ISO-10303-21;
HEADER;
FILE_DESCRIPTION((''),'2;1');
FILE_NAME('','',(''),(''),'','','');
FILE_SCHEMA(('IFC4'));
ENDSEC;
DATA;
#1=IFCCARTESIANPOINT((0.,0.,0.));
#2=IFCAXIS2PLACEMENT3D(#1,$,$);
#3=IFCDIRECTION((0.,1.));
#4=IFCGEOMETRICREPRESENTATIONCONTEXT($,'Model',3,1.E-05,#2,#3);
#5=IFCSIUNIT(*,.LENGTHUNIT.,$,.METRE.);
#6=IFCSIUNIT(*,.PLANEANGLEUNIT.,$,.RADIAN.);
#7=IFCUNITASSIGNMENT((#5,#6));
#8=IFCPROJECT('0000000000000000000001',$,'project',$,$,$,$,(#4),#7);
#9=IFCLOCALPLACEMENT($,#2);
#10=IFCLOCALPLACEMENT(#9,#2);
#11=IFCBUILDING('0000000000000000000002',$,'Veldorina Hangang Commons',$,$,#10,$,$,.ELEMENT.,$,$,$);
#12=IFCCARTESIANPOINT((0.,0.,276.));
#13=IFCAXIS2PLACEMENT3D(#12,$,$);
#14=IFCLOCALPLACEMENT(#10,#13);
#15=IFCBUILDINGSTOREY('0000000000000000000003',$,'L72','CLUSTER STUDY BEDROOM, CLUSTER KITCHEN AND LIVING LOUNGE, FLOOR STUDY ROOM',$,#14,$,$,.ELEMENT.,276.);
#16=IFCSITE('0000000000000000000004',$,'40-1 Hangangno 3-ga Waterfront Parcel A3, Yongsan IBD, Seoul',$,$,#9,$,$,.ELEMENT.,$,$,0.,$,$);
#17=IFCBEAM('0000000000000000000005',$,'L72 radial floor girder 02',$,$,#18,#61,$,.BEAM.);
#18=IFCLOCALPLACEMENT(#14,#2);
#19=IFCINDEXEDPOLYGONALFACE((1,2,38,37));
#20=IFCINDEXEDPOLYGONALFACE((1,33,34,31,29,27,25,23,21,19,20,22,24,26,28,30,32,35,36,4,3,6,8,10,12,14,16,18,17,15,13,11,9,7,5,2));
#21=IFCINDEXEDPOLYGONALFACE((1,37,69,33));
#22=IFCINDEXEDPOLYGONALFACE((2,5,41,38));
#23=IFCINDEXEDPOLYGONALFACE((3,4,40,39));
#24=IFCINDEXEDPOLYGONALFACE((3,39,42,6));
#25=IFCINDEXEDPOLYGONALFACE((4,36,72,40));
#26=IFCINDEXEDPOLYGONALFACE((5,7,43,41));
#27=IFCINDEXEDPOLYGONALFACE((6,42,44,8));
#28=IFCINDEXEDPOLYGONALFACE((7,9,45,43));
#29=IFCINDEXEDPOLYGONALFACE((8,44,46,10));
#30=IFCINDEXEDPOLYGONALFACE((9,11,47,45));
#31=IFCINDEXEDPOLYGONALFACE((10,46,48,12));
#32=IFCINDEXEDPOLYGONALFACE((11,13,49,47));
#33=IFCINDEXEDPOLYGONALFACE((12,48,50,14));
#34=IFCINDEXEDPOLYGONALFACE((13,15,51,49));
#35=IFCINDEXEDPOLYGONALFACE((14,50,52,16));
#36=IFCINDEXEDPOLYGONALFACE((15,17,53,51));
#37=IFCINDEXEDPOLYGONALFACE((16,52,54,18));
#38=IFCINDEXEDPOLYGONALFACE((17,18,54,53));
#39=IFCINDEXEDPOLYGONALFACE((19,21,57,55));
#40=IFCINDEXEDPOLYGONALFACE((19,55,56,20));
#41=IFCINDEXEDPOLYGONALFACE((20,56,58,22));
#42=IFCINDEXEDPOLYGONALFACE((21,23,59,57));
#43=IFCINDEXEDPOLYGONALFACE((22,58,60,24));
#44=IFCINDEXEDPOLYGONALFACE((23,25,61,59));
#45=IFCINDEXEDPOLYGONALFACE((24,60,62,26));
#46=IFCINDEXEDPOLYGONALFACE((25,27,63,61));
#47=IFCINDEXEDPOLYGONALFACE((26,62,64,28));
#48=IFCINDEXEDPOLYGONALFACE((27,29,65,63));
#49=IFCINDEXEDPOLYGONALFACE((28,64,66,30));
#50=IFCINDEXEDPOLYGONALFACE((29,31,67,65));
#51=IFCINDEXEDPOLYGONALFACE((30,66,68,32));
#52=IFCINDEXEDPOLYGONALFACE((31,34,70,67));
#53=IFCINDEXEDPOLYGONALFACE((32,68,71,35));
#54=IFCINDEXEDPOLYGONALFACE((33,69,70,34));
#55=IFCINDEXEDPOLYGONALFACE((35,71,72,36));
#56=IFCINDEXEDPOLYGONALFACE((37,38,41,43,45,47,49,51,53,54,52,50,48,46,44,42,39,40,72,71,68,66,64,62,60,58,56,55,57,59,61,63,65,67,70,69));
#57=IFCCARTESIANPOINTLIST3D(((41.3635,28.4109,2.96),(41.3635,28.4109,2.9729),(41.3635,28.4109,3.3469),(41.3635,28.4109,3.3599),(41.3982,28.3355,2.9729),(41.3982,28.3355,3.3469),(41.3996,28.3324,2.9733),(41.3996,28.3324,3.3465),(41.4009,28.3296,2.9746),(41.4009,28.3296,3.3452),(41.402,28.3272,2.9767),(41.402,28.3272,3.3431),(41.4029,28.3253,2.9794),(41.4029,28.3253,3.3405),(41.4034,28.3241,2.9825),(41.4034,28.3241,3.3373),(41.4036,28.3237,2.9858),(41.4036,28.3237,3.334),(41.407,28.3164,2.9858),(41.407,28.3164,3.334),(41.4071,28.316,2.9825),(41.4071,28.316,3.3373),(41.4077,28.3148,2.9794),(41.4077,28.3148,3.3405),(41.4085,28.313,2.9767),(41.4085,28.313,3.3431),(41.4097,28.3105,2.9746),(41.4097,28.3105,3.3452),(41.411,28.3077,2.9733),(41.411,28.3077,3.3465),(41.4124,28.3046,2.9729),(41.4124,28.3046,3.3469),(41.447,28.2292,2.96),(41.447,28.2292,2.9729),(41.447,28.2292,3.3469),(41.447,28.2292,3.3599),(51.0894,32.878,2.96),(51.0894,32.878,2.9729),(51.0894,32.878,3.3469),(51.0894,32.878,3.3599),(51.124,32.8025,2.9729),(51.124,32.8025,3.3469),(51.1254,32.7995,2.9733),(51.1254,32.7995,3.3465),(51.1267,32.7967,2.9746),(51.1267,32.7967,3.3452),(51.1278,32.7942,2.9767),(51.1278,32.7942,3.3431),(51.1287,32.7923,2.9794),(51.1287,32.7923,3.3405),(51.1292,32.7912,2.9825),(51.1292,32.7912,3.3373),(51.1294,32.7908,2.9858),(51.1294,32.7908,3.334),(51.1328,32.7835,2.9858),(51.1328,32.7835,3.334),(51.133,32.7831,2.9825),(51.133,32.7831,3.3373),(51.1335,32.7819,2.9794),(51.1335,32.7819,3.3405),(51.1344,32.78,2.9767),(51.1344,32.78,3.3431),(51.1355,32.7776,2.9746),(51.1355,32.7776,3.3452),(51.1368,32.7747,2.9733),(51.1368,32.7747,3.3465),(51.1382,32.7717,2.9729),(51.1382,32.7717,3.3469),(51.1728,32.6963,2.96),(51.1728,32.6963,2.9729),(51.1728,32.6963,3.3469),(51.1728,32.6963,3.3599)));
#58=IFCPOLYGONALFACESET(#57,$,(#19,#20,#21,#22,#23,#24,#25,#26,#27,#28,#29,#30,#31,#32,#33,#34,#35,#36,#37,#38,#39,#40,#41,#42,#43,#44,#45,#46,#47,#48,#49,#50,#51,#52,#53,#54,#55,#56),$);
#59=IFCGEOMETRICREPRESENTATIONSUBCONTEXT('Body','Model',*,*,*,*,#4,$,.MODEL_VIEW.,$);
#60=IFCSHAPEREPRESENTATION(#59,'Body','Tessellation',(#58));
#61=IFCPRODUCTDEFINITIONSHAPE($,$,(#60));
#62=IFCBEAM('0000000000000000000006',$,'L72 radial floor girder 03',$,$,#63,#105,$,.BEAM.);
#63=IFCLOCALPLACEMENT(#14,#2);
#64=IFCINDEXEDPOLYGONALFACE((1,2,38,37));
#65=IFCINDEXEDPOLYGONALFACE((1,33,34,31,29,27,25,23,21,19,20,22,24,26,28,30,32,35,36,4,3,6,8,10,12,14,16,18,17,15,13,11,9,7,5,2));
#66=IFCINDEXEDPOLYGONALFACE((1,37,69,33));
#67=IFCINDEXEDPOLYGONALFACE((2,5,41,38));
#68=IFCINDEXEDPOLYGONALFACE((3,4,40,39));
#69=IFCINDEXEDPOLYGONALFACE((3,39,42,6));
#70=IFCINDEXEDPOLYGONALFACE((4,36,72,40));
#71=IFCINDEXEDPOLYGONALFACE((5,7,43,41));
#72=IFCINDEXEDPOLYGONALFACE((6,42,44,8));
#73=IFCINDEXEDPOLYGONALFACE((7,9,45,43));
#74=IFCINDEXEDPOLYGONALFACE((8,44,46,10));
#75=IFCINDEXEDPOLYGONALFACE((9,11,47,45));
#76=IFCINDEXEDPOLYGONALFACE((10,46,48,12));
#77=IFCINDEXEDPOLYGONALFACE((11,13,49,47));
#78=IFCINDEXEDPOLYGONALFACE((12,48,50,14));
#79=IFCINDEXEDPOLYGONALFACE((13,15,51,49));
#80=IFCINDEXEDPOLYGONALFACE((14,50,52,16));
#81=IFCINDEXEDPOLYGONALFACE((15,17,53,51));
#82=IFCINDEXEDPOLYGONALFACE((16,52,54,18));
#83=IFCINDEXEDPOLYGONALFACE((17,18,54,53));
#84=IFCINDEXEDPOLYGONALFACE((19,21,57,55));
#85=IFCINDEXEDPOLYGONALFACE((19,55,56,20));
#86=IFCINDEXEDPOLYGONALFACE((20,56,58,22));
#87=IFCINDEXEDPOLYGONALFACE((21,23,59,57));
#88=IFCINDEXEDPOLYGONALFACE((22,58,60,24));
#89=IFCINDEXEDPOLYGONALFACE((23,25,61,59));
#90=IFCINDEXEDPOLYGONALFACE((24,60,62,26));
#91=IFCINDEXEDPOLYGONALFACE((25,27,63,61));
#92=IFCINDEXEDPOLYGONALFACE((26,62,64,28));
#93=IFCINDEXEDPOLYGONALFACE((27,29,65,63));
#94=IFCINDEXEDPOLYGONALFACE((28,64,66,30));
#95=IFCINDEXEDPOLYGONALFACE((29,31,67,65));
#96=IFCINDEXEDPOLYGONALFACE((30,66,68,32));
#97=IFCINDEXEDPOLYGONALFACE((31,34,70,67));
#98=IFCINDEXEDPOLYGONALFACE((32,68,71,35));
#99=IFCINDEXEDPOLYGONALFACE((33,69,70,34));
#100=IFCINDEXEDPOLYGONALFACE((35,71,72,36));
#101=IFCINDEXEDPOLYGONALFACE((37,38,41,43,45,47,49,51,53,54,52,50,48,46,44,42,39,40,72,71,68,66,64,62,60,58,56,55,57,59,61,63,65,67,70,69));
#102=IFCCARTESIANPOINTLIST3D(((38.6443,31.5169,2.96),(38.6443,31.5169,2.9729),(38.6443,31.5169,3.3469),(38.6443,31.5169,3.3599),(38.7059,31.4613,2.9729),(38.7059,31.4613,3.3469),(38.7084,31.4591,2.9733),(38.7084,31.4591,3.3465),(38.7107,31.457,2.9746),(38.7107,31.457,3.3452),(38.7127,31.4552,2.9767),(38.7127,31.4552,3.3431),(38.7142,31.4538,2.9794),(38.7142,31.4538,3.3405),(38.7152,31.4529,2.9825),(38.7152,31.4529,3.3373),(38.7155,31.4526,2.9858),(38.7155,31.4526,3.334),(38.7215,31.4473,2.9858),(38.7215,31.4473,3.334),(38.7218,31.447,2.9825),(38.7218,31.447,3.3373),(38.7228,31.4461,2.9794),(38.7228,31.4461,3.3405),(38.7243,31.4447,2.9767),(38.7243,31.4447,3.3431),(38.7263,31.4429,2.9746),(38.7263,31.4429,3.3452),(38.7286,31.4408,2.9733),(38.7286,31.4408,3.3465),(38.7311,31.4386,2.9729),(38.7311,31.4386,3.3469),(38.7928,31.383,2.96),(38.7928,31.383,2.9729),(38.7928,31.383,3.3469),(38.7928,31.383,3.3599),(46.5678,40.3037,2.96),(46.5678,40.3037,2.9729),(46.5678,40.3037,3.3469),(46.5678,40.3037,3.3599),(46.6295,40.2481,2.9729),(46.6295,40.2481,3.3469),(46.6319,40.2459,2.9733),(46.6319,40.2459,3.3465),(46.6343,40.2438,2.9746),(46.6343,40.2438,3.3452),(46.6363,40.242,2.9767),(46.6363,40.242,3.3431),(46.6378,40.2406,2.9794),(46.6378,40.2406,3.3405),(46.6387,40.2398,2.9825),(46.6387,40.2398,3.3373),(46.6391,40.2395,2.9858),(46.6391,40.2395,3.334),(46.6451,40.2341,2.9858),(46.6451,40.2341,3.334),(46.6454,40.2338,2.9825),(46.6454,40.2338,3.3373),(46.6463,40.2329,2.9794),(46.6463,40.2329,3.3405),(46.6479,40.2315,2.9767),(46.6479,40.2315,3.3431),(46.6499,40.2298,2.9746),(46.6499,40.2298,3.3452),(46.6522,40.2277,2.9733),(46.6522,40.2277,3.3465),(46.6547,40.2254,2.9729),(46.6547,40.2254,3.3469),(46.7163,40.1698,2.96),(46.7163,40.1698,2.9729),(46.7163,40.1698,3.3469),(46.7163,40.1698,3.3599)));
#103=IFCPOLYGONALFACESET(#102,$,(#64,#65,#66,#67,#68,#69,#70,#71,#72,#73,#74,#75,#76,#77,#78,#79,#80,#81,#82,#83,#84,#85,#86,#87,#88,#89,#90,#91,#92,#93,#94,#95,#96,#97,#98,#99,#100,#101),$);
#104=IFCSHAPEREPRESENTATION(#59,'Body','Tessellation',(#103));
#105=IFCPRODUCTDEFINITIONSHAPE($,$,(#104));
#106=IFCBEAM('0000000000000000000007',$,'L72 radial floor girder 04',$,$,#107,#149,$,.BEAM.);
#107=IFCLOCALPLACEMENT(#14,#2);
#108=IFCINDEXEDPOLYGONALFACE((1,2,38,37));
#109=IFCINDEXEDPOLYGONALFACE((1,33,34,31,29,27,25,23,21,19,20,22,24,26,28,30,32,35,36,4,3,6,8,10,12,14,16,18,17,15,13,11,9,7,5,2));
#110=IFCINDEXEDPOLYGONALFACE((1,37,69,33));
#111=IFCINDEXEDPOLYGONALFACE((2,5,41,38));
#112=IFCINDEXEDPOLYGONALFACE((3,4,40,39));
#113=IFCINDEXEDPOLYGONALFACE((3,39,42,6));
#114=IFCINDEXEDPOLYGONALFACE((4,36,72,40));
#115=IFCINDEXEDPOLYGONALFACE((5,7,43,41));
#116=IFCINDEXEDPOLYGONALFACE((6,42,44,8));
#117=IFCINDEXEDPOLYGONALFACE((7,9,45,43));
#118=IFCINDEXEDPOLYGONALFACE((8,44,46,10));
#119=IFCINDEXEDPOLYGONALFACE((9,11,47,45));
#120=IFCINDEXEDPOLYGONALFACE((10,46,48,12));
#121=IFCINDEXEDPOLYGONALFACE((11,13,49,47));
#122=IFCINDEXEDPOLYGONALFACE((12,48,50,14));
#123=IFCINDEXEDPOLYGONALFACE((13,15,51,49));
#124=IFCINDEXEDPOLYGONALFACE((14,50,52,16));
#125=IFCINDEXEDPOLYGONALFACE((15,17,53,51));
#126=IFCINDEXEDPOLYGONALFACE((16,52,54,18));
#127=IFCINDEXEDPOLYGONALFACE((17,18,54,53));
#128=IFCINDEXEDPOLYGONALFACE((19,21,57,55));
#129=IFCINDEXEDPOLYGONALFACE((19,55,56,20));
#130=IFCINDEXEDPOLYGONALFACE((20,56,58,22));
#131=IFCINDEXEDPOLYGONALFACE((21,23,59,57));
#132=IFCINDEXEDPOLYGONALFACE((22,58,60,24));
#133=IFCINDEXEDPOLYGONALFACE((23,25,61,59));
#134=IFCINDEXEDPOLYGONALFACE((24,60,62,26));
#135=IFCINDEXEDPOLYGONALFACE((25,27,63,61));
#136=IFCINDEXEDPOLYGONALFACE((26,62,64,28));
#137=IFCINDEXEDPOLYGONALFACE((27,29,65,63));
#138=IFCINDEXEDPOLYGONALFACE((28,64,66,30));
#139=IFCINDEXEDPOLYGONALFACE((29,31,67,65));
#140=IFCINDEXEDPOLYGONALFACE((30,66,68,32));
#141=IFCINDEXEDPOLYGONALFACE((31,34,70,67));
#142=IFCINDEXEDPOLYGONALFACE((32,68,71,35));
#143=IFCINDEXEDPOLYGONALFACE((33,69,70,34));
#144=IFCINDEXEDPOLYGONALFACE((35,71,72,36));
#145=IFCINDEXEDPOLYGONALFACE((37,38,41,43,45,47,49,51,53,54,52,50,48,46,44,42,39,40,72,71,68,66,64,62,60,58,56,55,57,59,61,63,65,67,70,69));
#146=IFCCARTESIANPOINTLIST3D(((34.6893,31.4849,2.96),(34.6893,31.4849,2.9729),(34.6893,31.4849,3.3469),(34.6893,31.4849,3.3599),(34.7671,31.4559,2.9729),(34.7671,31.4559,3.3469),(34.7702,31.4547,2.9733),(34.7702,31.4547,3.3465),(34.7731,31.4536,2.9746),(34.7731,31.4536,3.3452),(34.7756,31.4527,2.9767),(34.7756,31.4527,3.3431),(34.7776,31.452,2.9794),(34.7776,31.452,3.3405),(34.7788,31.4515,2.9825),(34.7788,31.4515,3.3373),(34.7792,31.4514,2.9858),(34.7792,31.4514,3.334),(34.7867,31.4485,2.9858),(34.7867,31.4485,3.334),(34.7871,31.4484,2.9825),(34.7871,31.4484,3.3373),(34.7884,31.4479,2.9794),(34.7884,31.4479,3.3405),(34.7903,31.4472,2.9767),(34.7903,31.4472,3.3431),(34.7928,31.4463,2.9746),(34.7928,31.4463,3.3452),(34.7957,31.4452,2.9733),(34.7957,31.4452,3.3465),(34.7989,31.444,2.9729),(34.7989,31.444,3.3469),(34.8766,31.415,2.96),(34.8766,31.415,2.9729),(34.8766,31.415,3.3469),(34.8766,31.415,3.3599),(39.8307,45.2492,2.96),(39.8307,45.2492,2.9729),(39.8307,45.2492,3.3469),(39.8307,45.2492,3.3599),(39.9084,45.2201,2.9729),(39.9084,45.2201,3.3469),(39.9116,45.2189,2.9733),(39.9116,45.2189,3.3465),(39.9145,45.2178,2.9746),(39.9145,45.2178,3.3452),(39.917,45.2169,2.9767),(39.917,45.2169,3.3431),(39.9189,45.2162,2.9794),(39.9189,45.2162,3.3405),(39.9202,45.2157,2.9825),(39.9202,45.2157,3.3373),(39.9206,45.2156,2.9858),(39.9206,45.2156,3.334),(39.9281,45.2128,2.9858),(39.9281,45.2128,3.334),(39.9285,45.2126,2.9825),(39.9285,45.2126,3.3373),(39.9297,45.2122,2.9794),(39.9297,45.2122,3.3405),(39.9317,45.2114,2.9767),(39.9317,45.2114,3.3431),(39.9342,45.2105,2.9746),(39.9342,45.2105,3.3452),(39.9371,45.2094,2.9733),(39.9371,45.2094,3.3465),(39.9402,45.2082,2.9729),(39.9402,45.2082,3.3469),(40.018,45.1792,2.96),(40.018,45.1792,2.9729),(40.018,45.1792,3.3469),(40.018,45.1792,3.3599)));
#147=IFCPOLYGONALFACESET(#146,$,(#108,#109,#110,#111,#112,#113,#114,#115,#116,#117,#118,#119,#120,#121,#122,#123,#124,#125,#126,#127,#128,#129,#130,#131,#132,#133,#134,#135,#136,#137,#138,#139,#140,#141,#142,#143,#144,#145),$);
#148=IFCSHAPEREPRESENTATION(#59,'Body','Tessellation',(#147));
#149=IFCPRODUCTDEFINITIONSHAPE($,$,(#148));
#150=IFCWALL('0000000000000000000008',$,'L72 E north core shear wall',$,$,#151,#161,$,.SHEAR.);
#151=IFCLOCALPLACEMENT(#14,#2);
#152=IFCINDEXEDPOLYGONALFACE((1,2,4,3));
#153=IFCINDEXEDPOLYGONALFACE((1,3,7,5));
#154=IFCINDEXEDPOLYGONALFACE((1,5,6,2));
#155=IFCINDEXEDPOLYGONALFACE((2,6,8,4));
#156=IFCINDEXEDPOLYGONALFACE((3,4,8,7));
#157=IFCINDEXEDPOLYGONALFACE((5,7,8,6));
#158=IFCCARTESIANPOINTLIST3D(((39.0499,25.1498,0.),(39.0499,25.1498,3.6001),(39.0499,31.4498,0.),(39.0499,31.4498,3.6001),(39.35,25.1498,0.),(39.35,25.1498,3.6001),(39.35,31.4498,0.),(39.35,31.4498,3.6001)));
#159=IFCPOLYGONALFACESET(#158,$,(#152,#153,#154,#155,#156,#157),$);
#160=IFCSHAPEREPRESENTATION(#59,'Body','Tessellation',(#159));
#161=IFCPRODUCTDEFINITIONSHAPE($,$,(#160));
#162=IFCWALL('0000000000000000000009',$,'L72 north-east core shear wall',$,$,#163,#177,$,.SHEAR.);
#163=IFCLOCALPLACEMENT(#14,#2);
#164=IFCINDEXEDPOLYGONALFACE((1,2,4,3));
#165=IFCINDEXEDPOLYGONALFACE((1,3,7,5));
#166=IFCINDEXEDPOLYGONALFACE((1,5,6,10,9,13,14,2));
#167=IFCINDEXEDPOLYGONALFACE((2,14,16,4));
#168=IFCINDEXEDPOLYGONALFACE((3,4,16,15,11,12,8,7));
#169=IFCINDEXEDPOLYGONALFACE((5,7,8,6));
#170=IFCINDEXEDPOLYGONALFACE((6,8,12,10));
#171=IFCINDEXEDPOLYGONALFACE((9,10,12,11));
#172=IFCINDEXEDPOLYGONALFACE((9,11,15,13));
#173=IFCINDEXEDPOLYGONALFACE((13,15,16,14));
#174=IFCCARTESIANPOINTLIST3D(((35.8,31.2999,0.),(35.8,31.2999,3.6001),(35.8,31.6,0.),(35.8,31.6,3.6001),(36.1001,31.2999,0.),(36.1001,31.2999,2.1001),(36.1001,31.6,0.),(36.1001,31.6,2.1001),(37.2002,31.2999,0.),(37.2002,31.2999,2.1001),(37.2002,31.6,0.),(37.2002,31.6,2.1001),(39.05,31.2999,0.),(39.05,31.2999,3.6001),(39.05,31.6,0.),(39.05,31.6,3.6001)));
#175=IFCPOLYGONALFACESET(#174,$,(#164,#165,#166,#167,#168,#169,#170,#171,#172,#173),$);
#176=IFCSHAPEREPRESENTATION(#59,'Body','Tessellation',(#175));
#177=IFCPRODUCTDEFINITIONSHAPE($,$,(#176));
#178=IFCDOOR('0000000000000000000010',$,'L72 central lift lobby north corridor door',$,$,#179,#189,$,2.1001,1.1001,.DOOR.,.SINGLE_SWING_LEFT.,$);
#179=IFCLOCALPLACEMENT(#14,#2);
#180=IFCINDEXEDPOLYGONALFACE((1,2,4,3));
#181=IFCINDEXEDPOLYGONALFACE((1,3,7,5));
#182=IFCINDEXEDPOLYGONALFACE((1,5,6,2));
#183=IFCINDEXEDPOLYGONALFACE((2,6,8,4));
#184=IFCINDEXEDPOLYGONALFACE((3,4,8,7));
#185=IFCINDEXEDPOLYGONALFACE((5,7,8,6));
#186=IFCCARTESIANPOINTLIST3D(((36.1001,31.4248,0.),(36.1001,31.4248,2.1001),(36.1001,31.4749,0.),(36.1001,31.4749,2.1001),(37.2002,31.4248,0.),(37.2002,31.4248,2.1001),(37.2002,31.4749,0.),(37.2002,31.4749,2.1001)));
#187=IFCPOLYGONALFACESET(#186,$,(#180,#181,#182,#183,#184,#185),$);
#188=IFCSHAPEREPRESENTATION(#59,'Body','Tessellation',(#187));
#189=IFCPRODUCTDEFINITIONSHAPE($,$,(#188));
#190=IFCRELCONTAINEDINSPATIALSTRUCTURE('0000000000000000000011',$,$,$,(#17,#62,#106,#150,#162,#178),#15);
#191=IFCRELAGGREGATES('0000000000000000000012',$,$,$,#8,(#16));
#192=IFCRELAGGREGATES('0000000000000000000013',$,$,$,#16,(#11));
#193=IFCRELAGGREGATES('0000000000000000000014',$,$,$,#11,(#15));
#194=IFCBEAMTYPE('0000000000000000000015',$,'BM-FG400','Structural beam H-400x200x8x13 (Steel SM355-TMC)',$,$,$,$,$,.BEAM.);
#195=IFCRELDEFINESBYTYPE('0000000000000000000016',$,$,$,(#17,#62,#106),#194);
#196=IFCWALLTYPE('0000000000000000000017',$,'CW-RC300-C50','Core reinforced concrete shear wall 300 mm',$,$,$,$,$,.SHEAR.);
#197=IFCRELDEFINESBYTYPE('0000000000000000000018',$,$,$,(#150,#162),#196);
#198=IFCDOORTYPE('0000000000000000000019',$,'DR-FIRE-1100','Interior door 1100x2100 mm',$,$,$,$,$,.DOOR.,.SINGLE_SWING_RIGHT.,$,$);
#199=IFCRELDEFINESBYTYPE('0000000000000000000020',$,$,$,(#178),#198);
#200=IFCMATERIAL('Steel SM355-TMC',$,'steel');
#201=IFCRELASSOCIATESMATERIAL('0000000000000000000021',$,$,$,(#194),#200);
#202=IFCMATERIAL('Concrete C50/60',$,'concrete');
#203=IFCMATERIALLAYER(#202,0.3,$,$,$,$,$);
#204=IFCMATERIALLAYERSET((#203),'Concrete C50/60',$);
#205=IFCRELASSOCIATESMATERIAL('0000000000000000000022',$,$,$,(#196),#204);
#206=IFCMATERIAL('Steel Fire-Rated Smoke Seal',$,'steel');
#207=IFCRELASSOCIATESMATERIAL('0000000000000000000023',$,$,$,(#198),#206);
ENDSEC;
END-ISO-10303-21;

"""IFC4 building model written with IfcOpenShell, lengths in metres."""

from ifc_helpers import new_model, si_unit, direction, frame, frame_2d, origin, origin_2d, place, context, subcontext, project, spatial, rectangle, i_section, extrude, material, layer, layer_set, material_profile, profile_set, type_object, element, fill, save


model = new_model("IFC4")

# Units and contexts
model_context = context("Model", 3, precision=1e-05, world=origin(), true_north=direction((0.0, 1.0)))
body_context = subcontext(model_context, "Body", "Model", "MODEL_VIEW")
ifc_project = project(units=[si_unit("LENGTHUNIT", "METRE"), si_unit("PLANEANGLEUNIT", "RADIAN")], contexts=[model_context])

# Site, building, storey
site_placement = place(None, origin())
site = spatial("IfcSite", under=ifc_project, at=site_placement, Name="40-1 Hangangno 3-ga Waterfront Parcel A3, Yongsan IBD, Seoul", CompositionType="ELEMENT", RefElevation=0.0)
building_placement = place(site_placement, origin())
building = spatial("IfcBuilding", under=site, at=building_placement, Name="Veldorina Hangang Commons", CompositionType="ELEMENT")
storey_placement = place(building_placement, frame((0.0, 0.0, 276.0)))
storey = spatial("IfcBuildingStorey", under=building, at=storey_placement, Name="L72", Description="CLUSTER STUDY BEDROOM, CLUSTER KITCHEN AND LIVING LOUNGE, FLOOR STUDY ROOM", CompositionType="ELEMENT", Elevation=276.0)

# Beams
ifc_material_1 = material(Name="Steel SM355-TMC", Category="steel")
ifc_material_profile = material_profile(ifc_material_1, i_section(OverallWidth=0.2, OverallDepth=0.3999, WebThickness=0.0081, FlangeThickness=0.0129, FilletRadius=0.0129, at=origin_2d()), Name="H-400x200x8x13")
ifc_profile_set = profile_set([ifc_material_profile], Name="Steel SM355-TMC")
beam_type = type_object("IfcBeamType", Name="BM-FG400", Description="Structural beam H-400x200x8x13 (Steel SM355-TMC)", PredefinedType="BEAM", material=ifc_profile_set)
beam_1_placement = place(storey_placement, frame((41.4053, 28.3201, 3.1599), z_axis=(0.908733, 0.417378, 0.0), x_axis=(-0.417378, 0.908733, 0.0)))
element("IfcBeam", 1, at=beam_1_placement, inside=storey, type_object=beam_type, Name="L72 radial floor girder 02", PredefinedType="BEAM", context=body_context, shape_type="SweptSolid", body=[
    extrude(i_section(OverallWidth=0.2, OverallDepth=0.3999, WebThickness=0.0081, FlangeThickness=0.0129, FilletRadius=0.0129, at=origin_2d()), origin(), (0.0, 0.0, 1.0), 10.7026),
])
beam_2_placement = place(storey_placement, frame((38.7185, 31.45, 3.1599), z_axis=(0.669684, 0.742646, 0.0), x_axis=(-0.742646, 0.669684, 0.0)))
element("IfcBeam", 2, at=beam_2_placement, inside=storey, type_object=beam_type, Name="L72 radial floor girder 03", PredefinedType="BEAM", context=body_context, shape_type="SweptSolid", body=[
    extrude(i_section(OverallWidth=0.2, OverallDepth=0.3999, WebThickness=0.0081, FlangeThickness=0.0129, FilletRadius=0.0129, at=origin_2d()), origin(), (0.0, 0.0, 1.0), 11.8318),
])
beam_3_placement = place(storey_placement, frame((34.783, 31.45, 3.1599), z_axis=(0.349918, 0.93678, 0.0), x_axis=(-0.93678, 0.349918, 0.0)))
element("IfcBeam", 3, at=beam_3_placement, inside=storey, type_object=beam_type, Name="L72 radial floor girder 04", PredefinedType="BEAM", context=body_context, shape_type="SweptSolid", body=[
    extrude(i_section(OverallWidth=0.2, OverallDepth=0.3999, WebThickness=0.0081, FlangeThickness=0.0129, FilletRadius=0.0129, at=origin_2d()), origin(), (0.0, 0.0, 1.0), 14.6931),
])

# Wall
ifc_material_2 = material(Name="Concrete C50/60", Category="concrete")
ifc_layer_1 = layer(ifc_material_2, 0.3)
ifc_layer_set_1 = layer_set([ifc_layer_1], Name="Concrete C50/60")
wall_type_1 = type_object("IfcWallType", Name="CW-RC300-C50", Description="Core reinforced concrete shear wall 300 mm", PredefinedType="SHEAR", material=ifc_layer_set_1)
wall_1_placement = place(storey_placement, frame((39.2, 25.1499, 0.0), z_axis=(0.0, 0.0, 1.0), x_axis=(0.0, 1.0, 0.0)))
element("IfcWall", 4, at=wall_1_placement, inside=storey, type_object=wall_type_1, Name="L72 E north core shear wall", PredefinedType="SHEAR", context=body_context, shape_type="SweptSolid", body=[
    extrude(rectangle(XDim=6.3, YDim=0.3, at=frame_2d((3.1499, 0.0))), origin(), (0.0, 0.0, 1.0), 3.6001),
])

# Wall, opening, door
wall_2_placement = place(storey_placement, frame((35.8, 31.45, 0.0), z_axis=(0.0, 0.0, 1.0), x_axis=(1.0, 0.0, 0.0)))
wall_2 = element("IfcWall", 5, at=wall_2_placement, inside=storey, type_object=wall_type_1, Name="L72 north-east core shear wall", PredefinedType="SHEAR", context=body_context, shape_type="SweptSolid", body=[
    extrude(rectangle(XDim=3.25, YDim=0.3, at=frame_2d((1.625, 0.0))), origin(), (0.0, 0.0, 1.0), 3.6001),
])
opening_1_placement = place(wall_2_placement, frame((0.3, 0.0, 0.0)))
opening_1 = element("IfcOpeningElement", 6, at=opening_1_placement, cuts=wall_2, PredefinedType="OPENING", context=body_context, shape_type="SweptSolid", body=[
    extrude(rectangle(XDim=1.1001, YDim=2.1001, at=frame_2d((0.55, 1.05))), frame((0.0, 0.1602, 0.0), z_axis=(0.0, -1.0, 0.0), x_axis=(1.0, 0.0, 0.0)), (0.0, 0.0, 1.0), 0.3201),
])
ifc_material_3 = material(Name="Steel Fire-Rated Smoke Seal", Category="steel")
door_type_1 = type_object("IfcDoorType", Name="DR-FIRE-1100", Description="Interior door 1100x2100 mm", OperationType="SINGLE_SWING_RIGHT", PredefinedType="DOOR", material=ifc_material_3)
door_1_placement = place(opening_1_placement, origin())
door_1 = element("IfcDoor", 7, at=door_1_placement, inside=storey, type_object=door_type_1, Name="L72 central lift lobby north corridor door", OperationType="SINGLE_SWING_LEFT", OverallHeight=2.1001, OverallWidth=1.1001, PredefinedType="DOOR", context=body_context, shape_type="SweptSolid", body=[
    extrude(rectangle(XDim=1.1001, YDim=2.1001, at=frame_2d((0.55, 1.05))), frame((0.0, 0.0249, 0.0), z_axis=(0.0, -1.0, 0.0), x_axis=(1.0, 0.0, 0.0)), (0.0, 0.0, 1.0), 0.05),
])
fill(opening_1, door_1)

save(model, "model.ifc")
